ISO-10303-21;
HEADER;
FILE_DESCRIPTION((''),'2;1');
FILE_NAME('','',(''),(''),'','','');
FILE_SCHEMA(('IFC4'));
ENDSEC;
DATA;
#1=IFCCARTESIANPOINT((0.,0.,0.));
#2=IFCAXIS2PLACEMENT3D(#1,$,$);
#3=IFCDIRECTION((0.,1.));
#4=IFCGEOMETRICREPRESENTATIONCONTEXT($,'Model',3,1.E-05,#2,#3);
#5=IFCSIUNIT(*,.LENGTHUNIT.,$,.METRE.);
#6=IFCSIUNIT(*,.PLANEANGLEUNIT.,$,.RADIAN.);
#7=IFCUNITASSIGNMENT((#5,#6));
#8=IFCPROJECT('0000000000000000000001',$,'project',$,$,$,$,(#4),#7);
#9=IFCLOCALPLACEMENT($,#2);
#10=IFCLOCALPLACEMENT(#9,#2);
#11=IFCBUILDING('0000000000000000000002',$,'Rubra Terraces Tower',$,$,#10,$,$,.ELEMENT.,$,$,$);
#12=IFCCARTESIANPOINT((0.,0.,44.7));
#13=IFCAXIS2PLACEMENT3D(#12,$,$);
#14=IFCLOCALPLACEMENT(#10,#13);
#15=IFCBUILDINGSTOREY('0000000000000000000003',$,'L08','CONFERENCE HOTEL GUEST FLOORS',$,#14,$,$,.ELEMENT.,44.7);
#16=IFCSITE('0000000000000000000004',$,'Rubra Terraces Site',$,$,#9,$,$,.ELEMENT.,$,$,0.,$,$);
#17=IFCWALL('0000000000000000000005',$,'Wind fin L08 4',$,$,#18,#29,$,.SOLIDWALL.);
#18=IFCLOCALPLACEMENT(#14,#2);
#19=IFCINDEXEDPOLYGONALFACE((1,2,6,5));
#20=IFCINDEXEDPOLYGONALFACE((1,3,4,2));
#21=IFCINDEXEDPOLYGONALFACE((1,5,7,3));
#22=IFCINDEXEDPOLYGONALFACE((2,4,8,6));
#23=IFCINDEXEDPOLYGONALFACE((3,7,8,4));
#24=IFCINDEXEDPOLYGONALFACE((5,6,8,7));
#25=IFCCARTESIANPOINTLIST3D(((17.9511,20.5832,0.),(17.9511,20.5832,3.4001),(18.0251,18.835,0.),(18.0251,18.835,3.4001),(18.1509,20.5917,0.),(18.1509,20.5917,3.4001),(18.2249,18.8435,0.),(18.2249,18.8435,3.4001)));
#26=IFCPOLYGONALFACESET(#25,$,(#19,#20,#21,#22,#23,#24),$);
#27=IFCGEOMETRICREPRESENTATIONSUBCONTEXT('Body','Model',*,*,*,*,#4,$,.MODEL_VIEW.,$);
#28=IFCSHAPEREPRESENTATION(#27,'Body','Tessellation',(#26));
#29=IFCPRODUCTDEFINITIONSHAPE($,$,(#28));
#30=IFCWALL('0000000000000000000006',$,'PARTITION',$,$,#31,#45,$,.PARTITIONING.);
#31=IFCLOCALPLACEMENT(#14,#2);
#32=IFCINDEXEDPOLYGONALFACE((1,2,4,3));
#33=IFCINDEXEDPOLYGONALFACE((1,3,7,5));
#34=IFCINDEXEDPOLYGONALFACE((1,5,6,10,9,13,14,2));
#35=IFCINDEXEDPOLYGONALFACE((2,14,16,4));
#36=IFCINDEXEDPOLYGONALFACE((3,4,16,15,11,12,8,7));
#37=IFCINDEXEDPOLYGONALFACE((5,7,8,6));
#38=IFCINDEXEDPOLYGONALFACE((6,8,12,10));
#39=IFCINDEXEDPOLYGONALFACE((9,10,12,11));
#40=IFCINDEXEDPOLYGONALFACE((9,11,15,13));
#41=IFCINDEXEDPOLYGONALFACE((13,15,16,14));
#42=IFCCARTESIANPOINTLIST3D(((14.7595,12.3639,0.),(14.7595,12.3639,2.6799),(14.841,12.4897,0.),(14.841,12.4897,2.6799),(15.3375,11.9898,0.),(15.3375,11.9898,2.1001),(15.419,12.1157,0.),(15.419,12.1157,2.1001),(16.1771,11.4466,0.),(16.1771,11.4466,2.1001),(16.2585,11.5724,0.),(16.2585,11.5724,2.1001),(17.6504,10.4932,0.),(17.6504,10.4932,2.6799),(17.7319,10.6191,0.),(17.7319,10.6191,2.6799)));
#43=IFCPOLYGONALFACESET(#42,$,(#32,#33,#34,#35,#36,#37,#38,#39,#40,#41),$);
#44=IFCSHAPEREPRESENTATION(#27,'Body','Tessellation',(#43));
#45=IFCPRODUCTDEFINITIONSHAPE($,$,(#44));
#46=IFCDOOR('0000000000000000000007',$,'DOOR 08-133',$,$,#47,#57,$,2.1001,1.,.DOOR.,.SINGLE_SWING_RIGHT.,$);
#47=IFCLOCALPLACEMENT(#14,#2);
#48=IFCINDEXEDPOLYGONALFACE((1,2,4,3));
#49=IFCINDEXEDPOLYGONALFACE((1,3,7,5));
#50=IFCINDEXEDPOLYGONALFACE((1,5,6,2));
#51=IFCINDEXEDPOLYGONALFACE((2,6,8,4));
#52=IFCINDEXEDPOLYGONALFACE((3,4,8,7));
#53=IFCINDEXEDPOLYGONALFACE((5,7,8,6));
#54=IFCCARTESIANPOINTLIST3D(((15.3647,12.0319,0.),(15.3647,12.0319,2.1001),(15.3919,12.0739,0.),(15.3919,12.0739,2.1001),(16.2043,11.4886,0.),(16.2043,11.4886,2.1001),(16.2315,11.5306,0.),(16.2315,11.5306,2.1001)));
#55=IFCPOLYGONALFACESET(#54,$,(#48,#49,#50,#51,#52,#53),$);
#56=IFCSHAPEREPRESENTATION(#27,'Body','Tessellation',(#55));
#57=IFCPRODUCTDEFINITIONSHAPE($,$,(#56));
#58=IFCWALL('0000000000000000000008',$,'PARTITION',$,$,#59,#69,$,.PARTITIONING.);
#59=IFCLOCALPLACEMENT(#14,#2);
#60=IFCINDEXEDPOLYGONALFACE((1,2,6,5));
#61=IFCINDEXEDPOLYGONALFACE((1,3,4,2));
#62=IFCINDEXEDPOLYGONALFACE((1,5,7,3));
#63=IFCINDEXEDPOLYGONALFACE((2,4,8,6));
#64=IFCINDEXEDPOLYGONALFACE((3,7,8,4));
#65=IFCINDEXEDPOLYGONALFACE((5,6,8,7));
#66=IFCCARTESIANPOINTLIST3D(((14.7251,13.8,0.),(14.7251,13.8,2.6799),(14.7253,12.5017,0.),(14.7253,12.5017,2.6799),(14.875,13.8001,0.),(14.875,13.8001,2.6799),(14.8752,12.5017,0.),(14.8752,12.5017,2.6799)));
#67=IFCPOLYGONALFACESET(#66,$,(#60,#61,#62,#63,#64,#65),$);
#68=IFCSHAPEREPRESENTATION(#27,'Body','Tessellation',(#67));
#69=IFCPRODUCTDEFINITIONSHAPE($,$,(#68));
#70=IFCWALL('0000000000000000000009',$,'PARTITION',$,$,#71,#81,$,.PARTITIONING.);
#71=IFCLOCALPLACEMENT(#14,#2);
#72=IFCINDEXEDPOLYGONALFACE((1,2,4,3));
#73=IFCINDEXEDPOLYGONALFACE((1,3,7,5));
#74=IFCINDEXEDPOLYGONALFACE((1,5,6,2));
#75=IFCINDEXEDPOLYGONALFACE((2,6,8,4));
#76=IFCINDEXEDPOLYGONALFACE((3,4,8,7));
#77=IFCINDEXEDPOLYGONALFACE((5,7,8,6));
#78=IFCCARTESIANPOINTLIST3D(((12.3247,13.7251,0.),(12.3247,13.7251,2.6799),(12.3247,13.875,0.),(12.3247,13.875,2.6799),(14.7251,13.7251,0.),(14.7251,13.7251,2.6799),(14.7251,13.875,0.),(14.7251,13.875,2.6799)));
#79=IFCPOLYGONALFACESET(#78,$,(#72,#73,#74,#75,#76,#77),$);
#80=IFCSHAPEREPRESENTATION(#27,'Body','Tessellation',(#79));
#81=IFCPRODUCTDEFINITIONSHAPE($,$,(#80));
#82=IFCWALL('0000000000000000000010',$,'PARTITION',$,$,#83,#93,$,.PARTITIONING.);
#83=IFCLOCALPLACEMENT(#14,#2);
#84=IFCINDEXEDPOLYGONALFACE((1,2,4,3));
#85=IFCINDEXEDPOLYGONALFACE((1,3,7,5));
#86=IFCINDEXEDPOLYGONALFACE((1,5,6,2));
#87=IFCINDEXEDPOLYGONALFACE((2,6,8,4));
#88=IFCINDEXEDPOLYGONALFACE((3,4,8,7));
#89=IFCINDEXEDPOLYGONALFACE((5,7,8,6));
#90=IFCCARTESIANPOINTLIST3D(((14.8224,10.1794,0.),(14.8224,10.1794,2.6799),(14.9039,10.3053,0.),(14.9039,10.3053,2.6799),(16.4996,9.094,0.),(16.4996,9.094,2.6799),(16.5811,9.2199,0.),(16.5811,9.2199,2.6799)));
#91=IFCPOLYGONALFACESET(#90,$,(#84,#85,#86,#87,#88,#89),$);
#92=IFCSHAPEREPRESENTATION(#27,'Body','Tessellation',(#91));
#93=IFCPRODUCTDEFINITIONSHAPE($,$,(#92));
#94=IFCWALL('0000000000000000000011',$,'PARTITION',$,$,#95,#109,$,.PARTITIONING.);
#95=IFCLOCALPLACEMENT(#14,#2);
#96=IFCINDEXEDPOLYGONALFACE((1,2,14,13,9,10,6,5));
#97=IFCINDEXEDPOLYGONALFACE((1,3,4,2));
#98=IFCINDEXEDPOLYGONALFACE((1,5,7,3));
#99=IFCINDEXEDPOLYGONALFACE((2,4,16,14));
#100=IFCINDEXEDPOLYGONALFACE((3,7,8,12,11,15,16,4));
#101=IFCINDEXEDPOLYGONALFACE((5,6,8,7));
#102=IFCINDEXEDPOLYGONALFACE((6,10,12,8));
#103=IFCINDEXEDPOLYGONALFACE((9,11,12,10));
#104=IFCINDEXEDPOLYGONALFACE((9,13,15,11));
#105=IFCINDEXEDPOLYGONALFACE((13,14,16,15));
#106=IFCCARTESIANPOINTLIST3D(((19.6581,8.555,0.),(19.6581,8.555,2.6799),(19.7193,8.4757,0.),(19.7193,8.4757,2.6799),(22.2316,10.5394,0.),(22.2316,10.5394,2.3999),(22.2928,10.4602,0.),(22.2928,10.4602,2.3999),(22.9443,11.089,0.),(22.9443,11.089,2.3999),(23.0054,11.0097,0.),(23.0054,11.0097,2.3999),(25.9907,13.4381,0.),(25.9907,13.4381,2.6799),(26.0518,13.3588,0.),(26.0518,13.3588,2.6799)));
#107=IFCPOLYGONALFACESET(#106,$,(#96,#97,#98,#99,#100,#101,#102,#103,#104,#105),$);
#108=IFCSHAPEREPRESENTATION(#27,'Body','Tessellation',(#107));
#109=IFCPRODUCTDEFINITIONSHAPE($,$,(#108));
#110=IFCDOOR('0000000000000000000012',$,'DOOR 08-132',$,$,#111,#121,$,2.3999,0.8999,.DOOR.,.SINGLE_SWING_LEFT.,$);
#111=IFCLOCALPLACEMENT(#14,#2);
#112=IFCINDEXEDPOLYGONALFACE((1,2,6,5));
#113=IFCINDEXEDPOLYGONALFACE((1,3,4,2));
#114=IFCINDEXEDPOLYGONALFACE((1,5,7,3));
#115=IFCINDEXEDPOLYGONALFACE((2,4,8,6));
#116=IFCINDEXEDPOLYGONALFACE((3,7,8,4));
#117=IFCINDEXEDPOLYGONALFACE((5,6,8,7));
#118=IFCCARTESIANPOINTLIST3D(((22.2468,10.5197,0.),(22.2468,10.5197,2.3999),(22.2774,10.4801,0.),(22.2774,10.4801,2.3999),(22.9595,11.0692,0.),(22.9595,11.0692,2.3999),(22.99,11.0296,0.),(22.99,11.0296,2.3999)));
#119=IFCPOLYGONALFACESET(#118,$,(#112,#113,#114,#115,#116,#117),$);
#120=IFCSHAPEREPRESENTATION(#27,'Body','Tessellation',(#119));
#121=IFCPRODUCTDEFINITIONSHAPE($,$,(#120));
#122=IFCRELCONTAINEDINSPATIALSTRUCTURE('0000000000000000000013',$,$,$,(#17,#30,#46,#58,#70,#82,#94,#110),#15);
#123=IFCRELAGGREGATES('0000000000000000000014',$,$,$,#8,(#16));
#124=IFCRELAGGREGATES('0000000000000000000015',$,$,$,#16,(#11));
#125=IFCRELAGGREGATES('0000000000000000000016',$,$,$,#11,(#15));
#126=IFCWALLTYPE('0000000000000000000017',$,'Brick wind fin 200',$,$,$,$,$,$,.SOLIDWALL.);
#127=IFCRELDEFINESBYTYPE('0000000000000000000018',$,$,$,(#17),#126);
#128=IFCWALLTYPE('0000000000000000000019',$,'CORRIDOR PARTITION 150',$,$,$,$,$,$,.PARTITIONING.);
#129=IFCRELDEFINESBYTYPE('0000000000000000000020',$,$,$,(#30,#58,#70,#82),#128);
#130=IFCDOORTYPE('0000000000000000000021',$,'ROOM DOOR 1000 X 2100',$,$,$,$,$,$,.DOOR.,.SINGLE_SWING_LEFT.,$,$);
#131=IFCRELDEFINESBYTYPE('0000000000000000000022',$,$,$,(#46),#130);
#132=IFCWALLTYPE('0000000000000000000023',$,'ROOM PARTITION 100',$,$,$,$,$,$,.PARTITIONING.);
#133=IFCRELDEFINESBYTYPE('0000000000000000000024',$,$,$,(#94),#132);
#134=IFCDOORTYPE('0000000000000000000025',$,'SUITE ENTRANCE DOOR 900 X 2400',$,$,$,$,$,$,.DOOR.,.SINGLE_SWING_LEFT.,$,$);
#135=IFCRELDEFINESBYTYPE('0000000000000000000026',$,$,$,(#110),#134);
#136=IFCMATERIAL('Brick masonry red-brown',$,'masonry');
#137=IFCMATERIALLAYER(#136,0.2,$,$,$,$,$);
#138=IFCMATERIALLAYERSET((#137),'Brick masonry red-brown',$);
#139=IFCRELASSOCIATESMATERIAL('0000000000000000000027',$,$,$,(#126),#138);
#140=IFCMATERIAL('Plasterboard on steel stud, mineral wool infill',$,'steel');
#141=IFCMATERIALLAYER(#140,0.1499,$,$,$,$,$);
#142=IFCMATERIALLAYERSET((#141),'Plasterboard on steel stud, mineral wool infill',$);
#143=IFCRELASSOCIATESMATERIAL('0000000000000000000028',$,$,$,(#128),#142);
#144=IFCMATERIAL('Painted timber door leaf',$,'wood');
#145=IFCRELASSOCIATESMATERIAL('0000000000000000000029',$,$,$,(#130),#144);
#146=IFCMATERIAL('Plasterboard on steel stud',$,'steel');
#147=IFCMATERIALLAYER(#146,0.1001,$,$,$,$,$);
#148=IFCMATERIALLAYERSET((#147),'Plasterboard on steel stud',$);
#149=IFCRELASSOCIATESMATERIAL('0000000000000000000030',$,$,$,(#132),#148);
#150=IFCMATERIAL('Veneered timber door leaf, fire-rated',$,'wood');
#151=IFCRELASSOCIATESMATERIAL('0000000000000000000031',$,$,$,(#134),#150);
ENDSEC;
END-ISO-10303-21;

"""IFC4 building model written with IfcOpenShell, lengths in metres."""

from ifc_helpers import new_model, si_unit, direction, frame, frame_2d, origin, place, context, subcontext, project, spatial, rectangle, extrude, material, layer, layer_set, type_object, element, fill, save


model = new_model("IFC4")

# Units and contexts
model_context = context("Model", 3, precision=1e-05, world=origin(), true_north=direction((0.0, 1.0)))
body_context = subcontext(model_context, "Body", "Model", "MODEL_VIEW")
ifc_project = project(units=[si_unit("LENGTHUNIT", "METRE"), si_unit("PLANEANGLEUNIT", "RADIAN")], contexts=[model_context])

# Site, building, storey
site_placement = place(None, origin())
site = spatial("IfcSite", under=ifc_project, at=site_placement, Name="Rubra Terraces Site", CompositionType="ELEMENT", RefElevation=0.0)
building_placement = place(site_placement, origin())
building = spatial("IfcBuilding", under=site, at=building_placement, Name="Rubra Terraces Tower", CompositionType="ELEMENT")
storey_placement = place(building_placement, frame((0.0, 0.0, 44.7)))
storey = spatial("IfcBuildingStorey", under=building, at=storey_placement, Name="L08", Description="CONFERENCE HOTEL GUEST FLOORS", CompositionType="ELEMENT", Elevation=44.7)

# Shared definitions
ifc_material_1 = material(Name="Brick masonry red-brown", Category="masonry")

# Wall
ifc_layer_1 = layer(ifc_material_1, 0.2)
ifc_layer_set_1 = layer_set([ifc_layer_1], Name="Brick masonry red-brown")
wall_type_1 = type_object("IfcWallType", Name="Brick wind fin 200", PredefinedType="SOLIDWALL", material=ifc_layer_set_1)
wall_1_placement = place(storey_placement, frame((18.125, 18.8391, 0.0), z_axis=(0.0, 0.0, 1.0), x_axis=(-0.042275, 0.999106, 0.0)))
element("IfcWall", 1, at=wall_1_placement, inside=storey, type_object=wall_type_1, Name="Wind fin L08 4", PredefinedType="SOLIDWALL", context=body_context, shape_type="SweptSolid", body=[
    extrude(rectangle(XDim=1.7498, YDim=0.2, at=frame_2d((0.875, 0.0))), origin(), (0.0, 0.0, 1.0), 3.4001),
])

# Wall, opening, door
ifc_material_2 = material(Name="Plasterboard on steel stud, mineral wool infill", Category="steel")
ifc_layer_2 = layer(ifc_material_2, 0.1499)
ifc_layer_set_2 = layer_set([ifc_layer_2], Name="Plasterboard on steel stud, mineral wool infill")
wall_type_2 = type_object("IfcWallType", Name="CORRIDOR PARTITION 150", PredefinedType="PARTITIONING", material=ifc_layer_set_2)
wall_2_placement = place(storey_placement, frame((17.6912, 10.5562, 0.0), z_axis=(0.0, 0.0, 1.0), x_axis=(-0.839564, 0.54326, 0.0)))
wall_2 = element("IfcWall", 2, at=wall_2_placement, inside=storey, type_object=wall_type_2, Name="PARTITION", PredefinedType="PARTITIONING", context=body_context, shape_type="SweptSolid", body=[
    extrude(rectangle(XDim=3.4434, YDim=0.1499, at=frame_2d((1.7217, 0.0))), origin(), (0.0, 0.0, 1.0), 2.6799),
])
opening_1_placement = place(wall_2_placement, frame((1.7549, 0.0, 0.0)))
opening_1 = element("IfcOpeningElement", 3, at=opening_1_placement, cuts=wall_2, PredefinedType="OPENING", context=body_context, shape_type="SweptSolid", body=[
    extrude(rectangle(XDim=1.0, YDim=2.1001, at=frame_2d((0.5, 1.05))), frame((0.0, 0.085, 0.0), z_axis=(0.0, -1.0, 0.0), x_axis=(1.0, 0.0, 0.0)), (0.0, 0.0, 1.0), 0.1699),
])
ifc_material_3 = material(Name="Painted timber door leaf", Category="wood")
door_type_1 = type_object("IfcDoorType", Name="ROOM DOOR 1000 X 2100", OperationType="SINGLE_SWING_LEFT", PredefinedType="DOOR", material=ifc_material_3)
door_1_placement = place(opening_1_placement, origin())
door_1 = element("IfcDoor", 4, at=door_1_placement, inside=storey, type_object=door_type_1, Name="DOOR 08-133", OperationType="SINGLE_SWING_RIGHT", OverallHeight=2.1001, OverallWidth=1.0, PredefinedType="DOOR", context=body_context, shape_type="SweptSolid", body=[
    extrude(rectangle(XDim=1.0, YDim=2.1001, at=frame_2d((0.5, 1.05))), frame((0.0, 0.0249, 0.0), z_axis=(0.0, -1.0, 0.0), x_axis=(1.0, 0.0, 0.0)), (0.0, 0.0, 1.0), 0.05),
])
fill(opening_1, door_1)

# Walls
wall_3_placement = place(storey_placement, frame((14.8003, 12.5017, 0.0), z_axis=(0.0, 0.0, 1.0), x_axis=(-0.000188, 1.0, 0.0)))
element("IfcWall", 5, at=wall_3_placement, inside=storey, type_object=wall_type_2, Name="PARTITION", PredefinedType="PARTITIONING", context=body_context, shape_type="SweptSolid", body=[
    extrude(rectangle(XDim=1.2983, YDim=0.1499, at=frame_2d((0.6492, 0.0))), origin(), (0.0, 0.0, 1.0), 2.6799),
])
wall_4_placement = place(storey_placement, frame((14.7251, 13.8, 0.0), z_axis=(0.0, 0.0, 1.0), x_axis=(-1.0, 0.0, 0.0)))
element("IfcWall", 6, at=wall_4_placement, inside=storey, type_object=wall_type_2, Name="PARTITION", PredefinedType="PARTITIONING", context=body_context, shape_type="SweptSolid", body=[
    extrude(rectangle(XDim=2.4004, YDim=0.1499, at=frame_2d((1.2002, 0.0))), origin(), (0.0, 0.0, 1.0), 2.6799),
])
wall_5_placement = place(storey_placement, frame((14.863, 10.2424, 0.0), z_axis=(0.0, 0.0, 1.0), x_axis=(0.839531, -0.543312, 0.0)))
element("IfcWall", 7, at=wall_5_placement, inside=storey, type_object=wall_type_2, Name="PARTITION", PredefinedType="PARTITIONING", context=body_context, shape_type="SweptSolid", body=[
    extrude(rectangle(XDim=1.9978, YDim=0.1499, at=frame_2d((0.999, 0.0))), origin(), (0.0, 0.0, 1.0), 2.6799),
])

# Wall, opening, door
ifc_material_4 = material(Name="Plasterboard on steel stud", Category="steel")
ifc_layer_3 = layer(ifc_material_4, 0.1001)
ifc_layer_set_3 = layer_set([ifc_layer_3], Name="Plasterboard on steel stud")
wall_type_3 = type_object("IfcWallType", Name="ROOM PARTITION 100", PredefinedType="PARTITIONING", material=ifc_layer_set_3)
wall_6_placement = place(storey_placement, frame((26.0212, 13.3984, 0.0), z_axis=(0.0, 0.0, 1.0), x_axis=(-0.791905, -0.610644, 0.0)))
wall_6 = element("IfcWall", 8, at=wall_6_placement, inside=storey, type_object=wall_type_3, Name="PARTITION", PredefinedType="PARTITIONING", context=body_context, shape_type="SweptSolid", body=[
    extrude(rectangle(XDim=7.9966, YDim=0.1001, at=frame_2d((3.9983, 0.0))), origin(), (0.0, 0.0, 1.0), 2.6799),
])
opening_2_placement = place(wall_6_placement, frame((3.8469, 0.0, 0.0)))
opening_2 = element("IfcOpeningElement", 9, at=opening_2_placement, cuts=wall_6, PredefinedType="OPENING", context=body_context, shape_type="SweptSolid", body=[
    extrude(rectangle(XDim=0.8999, YDim=2.3999, at=frame_2d((0.45, 1.2))), frame((0.0, 0.0601, 0.0), z_axis=(0.0, -1.0, 0.0), x_axis=(1.0, 0.0, 0.0)), (0.0, 0.0, 1.0), 0.1201),
])
ifc_material_5 = material(Name="Veneered timber door leaf, fire-rated", Category="wood")
door_type_2 = type_object("IfcDoorType", Name="SUITE ENTRANCE DOOR 900 X 2400", OperationType="SINGLE_SWING_LEFT", PredefinedType="DOOR", material=ifc_material_5)
door_2_placement = place(opening_2_placement, origin())
door_2 = element("IfcDoor", 10, at=door_2_placement, inside=storey, type_object=door_type_2, Name="DOOR 08-132", OperationType="SINGLE_SWING_LEFT", OverallHeight=2.3999, OverallWidth=0.8999, PredefinedType="DOOR", context=body_context, shape_type="SweptSolid", body=[
    extrude(rectangle(XDim=0.8999, YDim=2.3999, at=frame_2d((0.45, 1.2))), frame((0.0, 0.0249, 0.0), z_axis=(0.0, -1.0, 0.0), x_axis=(1.0, 0.0, 0.0)), (0.0, 0.0, 1.0), 0.05),
])
fill(opening_2, door_2)

save(model, "model.ifc")
